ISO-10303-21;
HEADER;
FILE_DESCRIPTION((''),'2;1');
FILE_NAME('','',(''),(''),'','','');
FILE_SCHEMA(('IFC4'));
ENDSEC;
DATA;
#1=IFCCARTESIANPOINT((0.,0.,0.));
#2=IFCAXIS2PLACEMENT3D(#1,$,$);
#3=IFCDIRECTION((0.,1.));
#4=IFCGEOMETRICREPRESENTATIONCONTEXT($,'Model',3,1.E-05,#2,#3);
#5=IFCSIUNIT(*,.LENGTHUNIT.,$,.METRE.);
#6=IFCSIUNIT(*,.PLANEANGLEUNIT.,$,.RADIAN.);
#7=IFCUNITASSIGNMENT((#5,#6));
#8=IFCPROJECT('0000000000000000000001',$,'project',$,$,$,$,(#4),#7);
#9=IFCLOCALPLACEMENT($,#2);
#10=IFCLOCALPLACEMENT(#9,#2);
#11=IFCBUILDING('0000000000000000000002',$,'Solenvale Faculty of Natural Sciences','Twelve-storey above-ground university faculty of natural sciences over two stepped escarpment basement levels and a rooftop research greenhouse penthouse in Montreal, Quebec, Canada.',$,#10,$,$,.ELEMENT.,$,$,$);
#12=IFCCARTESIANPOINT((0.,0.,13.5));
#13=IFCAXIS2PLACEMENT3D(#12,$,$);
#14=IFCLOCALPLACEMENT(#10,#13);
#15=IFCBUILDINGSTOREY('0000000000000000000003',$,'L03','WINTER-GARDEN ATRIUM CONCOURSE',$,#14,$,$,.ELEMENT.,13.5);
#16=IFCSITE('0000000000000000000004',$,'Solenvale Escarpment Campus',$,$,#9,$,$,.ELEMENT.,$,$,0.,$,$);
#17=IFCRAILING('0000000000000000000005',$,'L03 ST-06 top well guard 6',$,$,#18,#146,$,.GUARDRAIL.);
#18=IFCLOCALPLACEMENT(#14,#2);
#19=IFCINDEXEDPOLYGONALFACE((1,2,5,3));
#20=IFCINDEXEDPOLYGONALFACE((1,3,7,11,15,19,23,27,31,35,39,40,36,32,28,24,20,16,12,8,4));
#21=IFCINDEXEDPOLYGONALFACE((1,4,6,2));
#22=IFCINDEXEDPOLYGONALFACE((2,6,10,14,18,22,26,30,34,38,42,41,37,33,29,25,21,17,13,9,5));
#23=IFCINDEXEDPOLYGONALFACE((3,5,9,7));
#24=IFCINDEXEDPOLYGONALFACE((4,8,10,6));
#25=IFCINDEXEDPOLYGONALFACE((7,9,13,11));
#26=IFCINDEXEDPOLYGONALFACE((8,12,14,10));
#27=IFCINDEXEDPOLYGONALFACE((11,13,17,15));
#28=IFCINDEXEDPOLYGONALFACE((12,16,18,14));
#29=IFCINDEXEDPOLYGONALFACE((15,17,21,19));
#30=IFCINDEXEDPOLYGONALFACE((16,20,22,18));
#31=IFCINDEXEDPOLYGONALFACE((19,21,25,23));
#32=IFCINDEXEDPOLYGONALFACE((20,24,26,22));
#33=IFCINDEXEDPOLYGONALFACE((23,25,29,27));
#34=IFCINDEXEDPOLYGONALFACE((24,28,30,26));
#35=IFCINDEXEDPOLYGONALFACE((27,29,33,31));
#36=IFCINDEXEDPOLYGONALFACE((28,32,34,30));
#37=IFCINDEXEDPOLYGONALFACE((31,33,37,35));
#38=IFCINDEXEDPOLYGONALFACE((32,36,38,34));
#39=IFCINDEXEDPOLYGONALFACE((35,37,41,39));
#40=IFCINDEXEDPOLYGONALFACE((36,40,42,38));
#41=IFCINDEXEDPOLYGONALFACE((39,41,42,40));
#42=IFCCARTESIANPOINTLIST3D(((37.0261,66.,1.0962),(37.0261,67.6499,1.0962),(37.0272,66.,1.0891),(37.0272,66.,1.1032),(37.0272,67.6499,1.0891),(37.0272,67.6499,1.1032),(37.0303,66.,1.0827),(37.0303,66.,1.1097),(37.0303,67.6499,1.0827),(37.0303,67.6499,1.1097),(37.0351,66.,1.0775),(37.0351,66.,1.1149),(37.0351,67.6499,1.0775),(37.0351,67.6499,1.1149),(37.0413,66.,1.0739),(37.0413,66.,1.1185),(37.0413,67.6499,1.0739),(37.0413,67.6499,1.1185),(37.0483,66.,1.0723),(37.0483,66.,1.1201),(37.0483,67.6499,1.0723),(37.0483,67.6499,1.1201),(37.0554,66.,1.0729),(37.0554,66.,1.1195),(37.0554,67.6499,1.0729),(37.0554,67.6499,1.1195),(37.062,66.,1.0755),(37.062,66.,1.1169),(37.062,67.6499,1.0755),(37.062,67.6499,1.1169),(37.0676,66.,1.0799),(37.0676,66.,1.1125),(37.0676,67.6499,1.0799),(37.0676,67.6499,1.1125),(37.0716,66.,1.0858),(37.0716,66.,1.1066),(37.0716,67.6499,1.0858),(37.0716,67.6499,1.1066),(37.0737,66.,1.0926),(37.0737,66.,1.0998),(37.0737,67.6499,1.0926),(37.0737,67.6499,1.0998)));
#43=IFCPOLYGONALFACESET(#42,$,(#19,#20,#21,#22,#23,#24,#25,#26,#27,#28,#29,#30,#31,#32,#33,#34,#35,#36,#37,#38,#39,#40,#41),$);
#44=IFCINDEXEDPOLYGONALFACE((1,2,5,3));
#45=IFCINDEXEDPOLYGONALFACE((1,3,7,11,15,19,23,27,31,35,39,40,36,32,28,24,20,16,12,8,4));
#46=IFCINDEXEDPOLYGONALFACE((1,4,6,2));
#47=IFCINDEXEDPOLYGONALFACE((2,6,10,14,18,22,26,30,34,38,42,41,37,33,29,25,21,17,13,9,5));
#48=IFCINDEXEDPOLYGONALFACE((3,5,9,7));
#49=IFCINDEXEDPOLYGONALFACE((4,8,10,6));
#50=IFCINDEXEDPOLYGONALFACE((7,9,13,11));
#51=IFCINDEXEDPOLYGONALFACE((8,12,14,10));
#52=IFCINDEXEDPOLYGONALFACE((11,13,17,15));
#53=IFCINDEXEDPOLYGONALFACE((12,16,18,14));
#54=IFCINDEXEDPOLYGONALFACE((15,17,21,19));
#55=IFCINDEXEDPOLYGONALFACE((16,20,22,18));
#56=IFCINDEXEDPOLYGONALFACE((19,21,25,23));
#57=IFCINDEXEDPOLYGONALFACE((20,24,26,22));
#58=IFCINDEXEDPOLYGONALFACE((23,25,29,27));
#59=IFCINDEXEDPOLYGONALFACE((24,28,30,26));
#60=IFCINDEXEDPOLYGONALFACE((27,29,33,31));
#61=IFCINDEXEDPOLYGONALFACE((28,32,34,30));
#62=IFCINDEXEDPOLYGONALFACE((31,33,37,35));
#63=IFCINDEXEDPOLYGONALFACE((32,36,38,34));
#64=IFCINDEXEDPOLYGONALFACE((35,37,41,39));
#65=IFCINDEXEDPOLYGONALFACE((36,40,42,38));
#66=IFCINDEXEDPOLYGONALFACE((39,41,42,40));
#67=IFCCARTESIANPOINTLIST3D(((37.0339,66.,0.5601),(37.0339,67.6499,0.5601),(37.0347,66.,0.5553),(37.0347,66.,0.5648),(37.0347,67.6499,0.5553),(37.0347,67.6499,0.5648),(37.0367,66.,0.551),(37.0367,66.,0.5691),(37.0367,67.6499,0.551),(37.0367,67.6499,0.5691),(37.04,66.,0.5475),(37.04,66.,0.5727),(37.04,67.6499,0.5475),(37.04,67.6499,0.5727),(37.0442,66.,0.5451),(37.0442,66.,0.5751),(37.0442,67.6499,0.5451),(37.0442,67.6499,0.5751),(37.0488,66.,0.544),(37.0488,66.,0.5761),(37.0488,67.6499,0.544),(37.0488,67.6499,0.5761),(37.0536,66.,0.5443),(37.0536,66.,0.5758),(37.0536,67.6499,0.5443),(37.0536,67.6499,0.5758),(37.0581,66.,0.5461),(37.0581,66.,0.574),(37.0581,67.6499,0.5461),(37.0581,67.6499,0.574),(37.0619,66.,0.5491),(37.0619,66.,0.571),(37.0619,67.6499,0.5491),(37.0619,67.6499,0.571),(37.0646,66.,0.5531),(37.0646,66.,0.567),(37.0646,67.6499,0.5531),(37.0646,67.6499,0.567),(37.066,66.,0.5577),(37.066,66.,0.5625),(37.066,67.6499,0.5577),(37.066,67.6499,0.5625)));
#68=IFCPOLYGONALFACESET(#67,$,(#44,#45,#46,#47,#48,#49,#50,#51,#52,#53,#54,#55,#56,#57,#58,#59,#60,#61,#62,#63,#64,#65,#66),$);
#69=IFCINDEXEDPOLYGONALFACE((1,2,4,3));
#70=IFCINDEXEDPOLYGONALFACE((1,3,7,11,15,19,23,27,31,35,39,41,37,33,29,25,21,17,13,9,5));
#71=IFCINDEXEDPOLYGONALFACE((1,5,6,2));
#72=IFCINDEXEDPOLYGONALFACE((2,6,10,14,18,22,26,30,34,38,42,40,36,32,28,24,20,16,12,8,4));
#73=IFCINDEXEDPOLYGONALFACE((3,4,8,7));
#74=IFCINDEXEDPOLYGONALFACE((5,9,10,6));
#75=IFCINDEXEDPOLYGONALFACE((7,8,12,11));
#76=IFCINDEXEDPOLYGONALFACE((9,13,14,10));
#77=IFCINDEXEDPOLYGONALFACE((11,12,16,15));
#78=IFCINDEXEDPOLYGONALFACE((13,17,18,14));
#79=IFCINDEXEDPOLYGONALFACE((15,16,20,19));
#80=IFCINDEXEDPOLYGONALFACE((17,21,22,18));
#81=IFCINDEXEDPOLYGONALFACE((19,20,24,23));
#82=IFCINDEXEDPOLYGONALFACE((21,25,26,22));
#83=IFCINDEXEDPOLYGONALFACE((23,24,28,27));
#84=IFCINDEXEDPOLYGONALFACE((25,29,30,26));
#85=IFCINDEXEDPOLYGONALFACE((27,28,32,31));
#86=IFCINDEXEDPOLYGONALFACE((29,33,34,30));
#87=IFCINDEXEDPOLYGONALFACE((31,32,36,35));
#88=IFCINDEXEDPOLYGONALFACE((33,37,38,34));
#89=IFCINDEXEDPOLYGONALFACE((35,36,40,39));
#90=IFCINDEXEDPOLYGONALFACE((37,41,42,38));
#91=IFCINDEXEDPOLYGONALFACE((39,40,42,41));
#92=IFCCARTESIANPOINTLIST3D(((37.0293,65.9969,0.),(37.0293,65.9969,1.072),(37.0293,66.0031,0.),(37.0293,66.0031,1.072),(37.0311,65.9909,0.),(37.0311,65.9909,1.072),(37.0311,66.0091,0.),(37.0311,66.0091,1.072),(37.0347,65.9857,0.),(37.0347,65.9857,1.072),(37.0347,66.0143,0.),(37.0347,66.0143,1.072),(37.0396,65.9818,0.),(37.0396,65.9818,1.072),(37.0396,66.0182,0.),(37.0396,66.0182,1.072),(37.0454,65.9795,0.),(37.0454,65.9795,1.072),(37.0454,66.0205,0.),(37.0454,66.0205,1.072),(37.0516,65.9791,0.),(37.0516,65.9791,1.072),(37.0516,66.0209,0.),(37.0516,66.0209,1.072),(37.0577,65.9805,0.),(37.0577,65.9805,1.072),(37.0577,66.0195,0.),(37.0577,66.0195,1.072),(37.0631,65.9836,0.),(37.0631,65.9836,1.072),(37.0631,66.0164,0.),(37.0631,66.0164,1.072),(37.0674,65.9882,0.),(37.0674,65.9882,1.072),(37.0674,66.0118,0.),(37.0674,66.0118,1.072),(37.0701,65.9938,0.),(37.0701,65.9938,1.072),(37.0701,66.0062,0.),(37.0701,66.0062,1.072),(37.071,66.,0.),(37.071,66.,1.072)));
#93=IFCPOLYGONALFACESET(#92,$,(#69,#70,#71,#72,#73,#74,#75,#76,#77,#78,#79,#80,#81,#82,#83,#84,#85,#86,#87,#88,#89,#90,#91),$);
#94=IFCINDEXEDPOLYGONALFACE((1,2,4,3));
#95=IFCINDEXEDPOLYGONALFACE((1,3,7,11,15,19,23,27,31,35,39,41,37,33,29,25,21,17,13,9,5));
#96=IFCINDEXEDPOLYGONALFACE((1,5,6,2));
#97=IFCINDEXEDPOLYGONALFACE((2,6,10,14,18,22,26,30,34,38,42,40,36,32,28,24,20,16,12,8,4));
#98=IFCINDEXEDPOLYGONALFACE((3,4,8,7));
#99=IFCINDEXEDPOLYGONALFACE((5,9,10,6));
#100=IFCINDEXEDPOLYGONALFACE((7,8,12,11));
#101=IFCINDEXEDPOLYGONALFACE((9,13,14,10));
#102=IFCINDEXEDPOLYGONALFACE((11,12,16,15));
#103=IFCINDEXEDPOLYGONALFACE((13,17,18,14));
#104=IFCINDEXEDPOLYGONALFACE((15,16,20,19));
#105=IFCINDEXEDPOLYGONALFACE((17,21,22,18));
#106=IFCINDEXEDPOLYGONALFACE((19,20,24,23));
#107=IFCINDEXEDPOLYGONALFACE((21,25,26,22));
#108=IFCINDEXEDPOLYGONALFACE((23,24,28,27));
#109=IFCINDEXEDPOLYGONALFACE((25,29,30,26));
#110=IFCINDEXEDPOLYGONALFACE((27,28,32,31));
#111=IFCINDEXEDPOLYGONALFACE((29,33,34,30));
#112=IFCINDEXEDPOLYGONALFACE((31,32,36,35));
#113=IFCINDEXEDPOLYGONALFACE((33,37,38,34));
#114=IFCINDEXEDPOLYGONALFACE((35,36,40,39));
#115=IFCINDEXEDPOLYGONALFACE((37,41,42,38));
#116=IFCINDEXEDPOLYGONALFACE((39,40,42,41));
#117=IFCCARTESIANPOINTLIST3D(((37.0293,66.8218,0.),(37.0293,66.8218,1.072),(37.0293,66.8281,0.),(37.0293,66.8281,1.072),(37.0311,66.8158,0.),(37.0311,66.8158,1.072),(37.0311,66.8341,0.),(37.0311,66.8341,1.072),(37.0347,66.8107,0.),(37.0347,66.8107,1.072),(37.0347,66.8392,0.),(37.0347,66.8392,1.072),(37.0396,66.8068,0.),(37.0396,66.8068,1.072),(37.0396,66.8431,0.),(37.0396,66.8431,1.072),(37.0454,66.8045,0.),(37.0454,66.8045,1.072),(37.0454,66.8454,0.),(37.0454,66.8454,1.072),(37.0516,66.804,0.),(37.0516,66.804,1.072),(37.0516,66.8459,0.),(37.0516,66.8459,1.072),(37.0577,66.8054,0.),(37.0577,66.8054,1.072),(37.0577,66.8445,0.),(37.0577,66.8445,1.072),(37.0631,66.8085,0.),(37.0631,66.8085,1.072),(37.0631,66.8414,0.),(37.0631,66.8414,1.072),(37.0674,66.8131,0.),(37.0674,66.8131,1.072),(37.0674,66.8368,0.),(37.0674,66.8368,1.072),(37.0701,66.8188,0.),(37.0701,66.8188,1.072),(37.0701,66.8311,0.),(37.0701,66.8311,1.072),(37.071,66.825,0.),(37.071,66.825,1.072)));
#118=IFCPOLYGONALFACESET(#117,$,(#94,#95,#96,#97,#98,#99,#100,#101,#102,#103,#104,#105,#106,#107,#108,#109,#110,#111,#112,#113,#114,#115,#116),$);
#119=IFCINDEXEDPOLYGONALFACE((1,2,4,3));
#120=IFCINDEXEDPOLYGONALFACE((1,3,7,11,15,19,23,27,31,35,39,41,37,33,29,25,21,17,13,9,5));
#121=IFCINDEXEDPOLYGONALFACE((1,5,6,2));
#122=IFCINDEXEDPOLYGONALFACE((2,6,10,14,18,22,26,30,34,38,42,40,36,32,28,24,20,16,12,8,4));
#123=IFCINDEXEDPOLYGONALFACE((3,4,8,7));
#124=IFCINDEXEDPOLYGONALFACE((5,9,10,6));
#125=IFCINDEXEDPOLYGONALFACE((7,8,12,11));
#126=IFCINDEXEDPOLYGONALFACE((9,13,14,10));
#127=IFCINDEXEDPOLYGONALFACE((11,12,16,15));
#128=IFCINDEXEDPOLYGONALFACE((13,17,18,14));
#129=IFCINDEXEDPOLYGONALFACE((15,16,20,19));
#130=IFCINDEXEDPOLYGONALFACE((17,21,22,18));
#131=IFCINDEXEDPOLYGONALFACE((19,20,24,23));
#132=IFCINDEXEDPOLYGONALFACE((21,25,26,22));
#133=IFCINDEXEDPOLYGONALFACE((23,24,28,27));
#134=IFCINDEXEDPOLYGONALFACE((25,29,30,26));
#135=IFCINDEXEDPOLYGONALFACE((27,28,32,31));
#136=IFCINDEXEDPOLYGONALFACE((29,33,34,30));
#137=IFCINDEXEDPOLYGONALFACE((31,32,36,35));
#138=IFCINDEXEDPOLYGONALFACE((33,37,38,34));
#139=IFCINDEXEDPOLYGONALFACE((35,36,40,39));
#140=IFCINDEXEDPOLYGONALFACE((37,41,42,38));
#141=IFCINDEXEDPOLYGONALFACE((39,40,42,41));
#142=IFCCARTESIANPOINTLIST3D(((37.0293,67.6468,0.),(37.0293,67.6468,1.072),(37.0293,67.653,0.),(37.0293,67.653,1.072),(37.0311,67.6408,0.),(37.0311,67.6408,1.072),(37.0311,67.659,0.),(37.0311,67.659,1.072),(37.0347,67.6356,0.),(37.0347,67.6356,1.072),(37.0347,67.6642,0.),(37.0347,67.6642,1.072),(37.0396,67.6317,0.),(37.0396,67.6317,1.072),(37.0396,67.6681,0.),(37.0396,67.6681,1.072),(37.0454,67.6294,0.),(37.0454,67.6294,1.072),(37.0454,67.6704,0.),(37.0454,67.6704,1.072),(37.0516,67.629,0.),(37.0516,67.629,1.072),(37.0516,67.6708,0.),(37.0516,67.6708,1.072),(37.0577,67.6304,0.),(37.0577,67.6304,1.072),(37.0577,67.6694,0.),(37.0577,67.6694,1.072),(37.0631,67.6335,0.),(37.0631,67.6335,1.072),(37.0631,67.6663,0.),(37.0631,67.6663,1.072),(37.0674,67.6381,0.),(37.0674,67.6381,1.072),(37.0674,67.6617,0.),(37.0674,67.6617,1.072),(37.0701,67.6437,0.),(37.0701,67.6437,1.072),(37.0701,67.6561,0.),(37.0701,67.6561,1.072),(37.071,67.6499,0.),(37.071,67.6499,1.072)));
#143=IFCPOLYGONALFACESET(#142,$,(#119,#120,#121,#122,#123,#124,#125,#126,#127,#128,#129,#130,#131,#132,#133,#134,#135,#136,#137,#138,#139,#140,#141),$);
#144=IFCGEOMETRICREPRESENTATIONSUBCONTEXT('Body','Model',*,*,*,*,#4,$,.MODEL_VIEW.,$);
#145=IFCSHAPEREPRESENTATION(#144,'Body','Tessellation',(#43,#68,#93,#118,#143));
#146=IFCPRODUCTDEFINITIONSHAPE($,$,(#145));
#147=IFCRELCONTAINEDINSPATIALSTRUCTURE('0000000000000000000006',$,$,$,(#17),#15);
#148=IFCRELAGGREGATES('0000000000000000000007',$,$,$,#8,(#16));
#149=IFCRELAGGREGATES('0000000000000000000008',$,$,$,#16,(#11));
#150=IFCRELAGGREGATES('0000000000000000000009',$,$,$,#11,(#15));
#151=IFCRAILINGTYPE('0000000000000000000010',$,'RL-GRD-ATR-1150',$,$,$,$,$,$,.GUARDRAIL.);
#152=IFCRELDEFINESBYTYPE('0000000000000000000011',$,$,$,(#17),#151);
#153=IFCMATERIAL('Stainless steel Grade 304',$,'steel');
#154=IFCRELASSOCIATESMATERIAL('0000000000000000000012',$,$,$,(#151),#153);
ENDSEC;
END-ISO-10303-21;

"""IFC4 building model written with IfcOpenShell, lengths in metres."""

from ifc_helpers import new_model, si_unit, direction, frame, origin, origin_2d, place, context, subcontext, project, spatial, circle, extrude, material, type_object, element, save


model = new_model("IFC4")

# Units and contexts
model_context = context("Model", 3, precision=1e-05, world=origin(), true_north=direction((0.0, 1.0)))
body_context = subcontext(model_context, "Body", "Model", "MODEL_VIEW")
ifc_project = project(units=[si_unit("LENGTHUNIT", "METRE"), si_unit("PLANEANGLEUNIT", "RADIAN")], contexts=[model_context])

# Site, building, storey
site_placement = place(None, origin())
site = spatial("IfcSite", under=ifc_project, at=site_placement, Name="Solenvale Escarpment Campus", CompositionType="ELEMENT", RefElevation=0.0)
building_placement = place(site_placement, origin())
building = spatial("IfcBuilding", under=site, at=building_placement, Name="Solenvale Faculty of Natural Sciences", Description="Twelve-storey above-ground university faculty of natural sciences over two stepped escarpment basement levels and a rooftop research greenhouse penthouse in Montreal, Quebec, Canada.", CompositionType="ELEMENT")
storey_placement = place(building_placement, frame((0.0, 0.0, 13.5)))
storey = spatial("IfcBuildingStorey", under=building, at=storey_placement, Name="L03", Description="WINTER-GARDEN ATRIUM CONCOURSE", CompositionType="ELEMENT", Elevation=13.5)

# Railing
ifc_material_1 = material(Name="Stainless steel Grade 304", Category="steel")
railing_type = type_object("IfcRailingType", Name="RL-GRD-ATR-1150", PredefinedType="GUARDRAIL", material=ifc_material_1)
for number, where, name in (
    (1, (37.05, 66.0, 0.0), "L03 ST-06 top well guard 6"),
):
    element("IfcRailing", number, at=place(storey_placement, frame(where)), inside=storey, type_object=railing_type, Name=name, PredefinedType="GUARDRAIL", context=body_context, shape_type="SweptSolid", body=[
        extrude(circle(Radius=0.0239, at=origin_2d()), frame((0.0, 0.0, 1.0962), z_axis=(0.0, 1.0, 0.0), x_axis=(-1.0, 0.0, 0.0)), (0.0, 0.0, 1.0), 1.6499),
        extrude(circle(Radius=0.0161, at=origin_2d()), frame((0.0, 0.0, 0.5601), z_axis=(0.0, 1.0, 0.0), x_axis=(-1.0, 0.0, 0.0)), (0.0, 0.0, 1.0), 1.6499),
        extrude(circle(Radius=0.021, at=origin_2d()), origin(), (0.0, 0.0, 1.0), 1.072),
        extrude(circle(Radius=0.021, at=origin_2d()), frame((0.0, 0.825, 0.0)), (0.0, 0.0, 1.0), 1.072),
        extrude(circle(Radius=0.021, at=origin_2d()), frame((0.0, 1.6499, 0.0)), (0.0, 0.0, 1.0), 1.072),
    ])

save(model, "model.ifc")
